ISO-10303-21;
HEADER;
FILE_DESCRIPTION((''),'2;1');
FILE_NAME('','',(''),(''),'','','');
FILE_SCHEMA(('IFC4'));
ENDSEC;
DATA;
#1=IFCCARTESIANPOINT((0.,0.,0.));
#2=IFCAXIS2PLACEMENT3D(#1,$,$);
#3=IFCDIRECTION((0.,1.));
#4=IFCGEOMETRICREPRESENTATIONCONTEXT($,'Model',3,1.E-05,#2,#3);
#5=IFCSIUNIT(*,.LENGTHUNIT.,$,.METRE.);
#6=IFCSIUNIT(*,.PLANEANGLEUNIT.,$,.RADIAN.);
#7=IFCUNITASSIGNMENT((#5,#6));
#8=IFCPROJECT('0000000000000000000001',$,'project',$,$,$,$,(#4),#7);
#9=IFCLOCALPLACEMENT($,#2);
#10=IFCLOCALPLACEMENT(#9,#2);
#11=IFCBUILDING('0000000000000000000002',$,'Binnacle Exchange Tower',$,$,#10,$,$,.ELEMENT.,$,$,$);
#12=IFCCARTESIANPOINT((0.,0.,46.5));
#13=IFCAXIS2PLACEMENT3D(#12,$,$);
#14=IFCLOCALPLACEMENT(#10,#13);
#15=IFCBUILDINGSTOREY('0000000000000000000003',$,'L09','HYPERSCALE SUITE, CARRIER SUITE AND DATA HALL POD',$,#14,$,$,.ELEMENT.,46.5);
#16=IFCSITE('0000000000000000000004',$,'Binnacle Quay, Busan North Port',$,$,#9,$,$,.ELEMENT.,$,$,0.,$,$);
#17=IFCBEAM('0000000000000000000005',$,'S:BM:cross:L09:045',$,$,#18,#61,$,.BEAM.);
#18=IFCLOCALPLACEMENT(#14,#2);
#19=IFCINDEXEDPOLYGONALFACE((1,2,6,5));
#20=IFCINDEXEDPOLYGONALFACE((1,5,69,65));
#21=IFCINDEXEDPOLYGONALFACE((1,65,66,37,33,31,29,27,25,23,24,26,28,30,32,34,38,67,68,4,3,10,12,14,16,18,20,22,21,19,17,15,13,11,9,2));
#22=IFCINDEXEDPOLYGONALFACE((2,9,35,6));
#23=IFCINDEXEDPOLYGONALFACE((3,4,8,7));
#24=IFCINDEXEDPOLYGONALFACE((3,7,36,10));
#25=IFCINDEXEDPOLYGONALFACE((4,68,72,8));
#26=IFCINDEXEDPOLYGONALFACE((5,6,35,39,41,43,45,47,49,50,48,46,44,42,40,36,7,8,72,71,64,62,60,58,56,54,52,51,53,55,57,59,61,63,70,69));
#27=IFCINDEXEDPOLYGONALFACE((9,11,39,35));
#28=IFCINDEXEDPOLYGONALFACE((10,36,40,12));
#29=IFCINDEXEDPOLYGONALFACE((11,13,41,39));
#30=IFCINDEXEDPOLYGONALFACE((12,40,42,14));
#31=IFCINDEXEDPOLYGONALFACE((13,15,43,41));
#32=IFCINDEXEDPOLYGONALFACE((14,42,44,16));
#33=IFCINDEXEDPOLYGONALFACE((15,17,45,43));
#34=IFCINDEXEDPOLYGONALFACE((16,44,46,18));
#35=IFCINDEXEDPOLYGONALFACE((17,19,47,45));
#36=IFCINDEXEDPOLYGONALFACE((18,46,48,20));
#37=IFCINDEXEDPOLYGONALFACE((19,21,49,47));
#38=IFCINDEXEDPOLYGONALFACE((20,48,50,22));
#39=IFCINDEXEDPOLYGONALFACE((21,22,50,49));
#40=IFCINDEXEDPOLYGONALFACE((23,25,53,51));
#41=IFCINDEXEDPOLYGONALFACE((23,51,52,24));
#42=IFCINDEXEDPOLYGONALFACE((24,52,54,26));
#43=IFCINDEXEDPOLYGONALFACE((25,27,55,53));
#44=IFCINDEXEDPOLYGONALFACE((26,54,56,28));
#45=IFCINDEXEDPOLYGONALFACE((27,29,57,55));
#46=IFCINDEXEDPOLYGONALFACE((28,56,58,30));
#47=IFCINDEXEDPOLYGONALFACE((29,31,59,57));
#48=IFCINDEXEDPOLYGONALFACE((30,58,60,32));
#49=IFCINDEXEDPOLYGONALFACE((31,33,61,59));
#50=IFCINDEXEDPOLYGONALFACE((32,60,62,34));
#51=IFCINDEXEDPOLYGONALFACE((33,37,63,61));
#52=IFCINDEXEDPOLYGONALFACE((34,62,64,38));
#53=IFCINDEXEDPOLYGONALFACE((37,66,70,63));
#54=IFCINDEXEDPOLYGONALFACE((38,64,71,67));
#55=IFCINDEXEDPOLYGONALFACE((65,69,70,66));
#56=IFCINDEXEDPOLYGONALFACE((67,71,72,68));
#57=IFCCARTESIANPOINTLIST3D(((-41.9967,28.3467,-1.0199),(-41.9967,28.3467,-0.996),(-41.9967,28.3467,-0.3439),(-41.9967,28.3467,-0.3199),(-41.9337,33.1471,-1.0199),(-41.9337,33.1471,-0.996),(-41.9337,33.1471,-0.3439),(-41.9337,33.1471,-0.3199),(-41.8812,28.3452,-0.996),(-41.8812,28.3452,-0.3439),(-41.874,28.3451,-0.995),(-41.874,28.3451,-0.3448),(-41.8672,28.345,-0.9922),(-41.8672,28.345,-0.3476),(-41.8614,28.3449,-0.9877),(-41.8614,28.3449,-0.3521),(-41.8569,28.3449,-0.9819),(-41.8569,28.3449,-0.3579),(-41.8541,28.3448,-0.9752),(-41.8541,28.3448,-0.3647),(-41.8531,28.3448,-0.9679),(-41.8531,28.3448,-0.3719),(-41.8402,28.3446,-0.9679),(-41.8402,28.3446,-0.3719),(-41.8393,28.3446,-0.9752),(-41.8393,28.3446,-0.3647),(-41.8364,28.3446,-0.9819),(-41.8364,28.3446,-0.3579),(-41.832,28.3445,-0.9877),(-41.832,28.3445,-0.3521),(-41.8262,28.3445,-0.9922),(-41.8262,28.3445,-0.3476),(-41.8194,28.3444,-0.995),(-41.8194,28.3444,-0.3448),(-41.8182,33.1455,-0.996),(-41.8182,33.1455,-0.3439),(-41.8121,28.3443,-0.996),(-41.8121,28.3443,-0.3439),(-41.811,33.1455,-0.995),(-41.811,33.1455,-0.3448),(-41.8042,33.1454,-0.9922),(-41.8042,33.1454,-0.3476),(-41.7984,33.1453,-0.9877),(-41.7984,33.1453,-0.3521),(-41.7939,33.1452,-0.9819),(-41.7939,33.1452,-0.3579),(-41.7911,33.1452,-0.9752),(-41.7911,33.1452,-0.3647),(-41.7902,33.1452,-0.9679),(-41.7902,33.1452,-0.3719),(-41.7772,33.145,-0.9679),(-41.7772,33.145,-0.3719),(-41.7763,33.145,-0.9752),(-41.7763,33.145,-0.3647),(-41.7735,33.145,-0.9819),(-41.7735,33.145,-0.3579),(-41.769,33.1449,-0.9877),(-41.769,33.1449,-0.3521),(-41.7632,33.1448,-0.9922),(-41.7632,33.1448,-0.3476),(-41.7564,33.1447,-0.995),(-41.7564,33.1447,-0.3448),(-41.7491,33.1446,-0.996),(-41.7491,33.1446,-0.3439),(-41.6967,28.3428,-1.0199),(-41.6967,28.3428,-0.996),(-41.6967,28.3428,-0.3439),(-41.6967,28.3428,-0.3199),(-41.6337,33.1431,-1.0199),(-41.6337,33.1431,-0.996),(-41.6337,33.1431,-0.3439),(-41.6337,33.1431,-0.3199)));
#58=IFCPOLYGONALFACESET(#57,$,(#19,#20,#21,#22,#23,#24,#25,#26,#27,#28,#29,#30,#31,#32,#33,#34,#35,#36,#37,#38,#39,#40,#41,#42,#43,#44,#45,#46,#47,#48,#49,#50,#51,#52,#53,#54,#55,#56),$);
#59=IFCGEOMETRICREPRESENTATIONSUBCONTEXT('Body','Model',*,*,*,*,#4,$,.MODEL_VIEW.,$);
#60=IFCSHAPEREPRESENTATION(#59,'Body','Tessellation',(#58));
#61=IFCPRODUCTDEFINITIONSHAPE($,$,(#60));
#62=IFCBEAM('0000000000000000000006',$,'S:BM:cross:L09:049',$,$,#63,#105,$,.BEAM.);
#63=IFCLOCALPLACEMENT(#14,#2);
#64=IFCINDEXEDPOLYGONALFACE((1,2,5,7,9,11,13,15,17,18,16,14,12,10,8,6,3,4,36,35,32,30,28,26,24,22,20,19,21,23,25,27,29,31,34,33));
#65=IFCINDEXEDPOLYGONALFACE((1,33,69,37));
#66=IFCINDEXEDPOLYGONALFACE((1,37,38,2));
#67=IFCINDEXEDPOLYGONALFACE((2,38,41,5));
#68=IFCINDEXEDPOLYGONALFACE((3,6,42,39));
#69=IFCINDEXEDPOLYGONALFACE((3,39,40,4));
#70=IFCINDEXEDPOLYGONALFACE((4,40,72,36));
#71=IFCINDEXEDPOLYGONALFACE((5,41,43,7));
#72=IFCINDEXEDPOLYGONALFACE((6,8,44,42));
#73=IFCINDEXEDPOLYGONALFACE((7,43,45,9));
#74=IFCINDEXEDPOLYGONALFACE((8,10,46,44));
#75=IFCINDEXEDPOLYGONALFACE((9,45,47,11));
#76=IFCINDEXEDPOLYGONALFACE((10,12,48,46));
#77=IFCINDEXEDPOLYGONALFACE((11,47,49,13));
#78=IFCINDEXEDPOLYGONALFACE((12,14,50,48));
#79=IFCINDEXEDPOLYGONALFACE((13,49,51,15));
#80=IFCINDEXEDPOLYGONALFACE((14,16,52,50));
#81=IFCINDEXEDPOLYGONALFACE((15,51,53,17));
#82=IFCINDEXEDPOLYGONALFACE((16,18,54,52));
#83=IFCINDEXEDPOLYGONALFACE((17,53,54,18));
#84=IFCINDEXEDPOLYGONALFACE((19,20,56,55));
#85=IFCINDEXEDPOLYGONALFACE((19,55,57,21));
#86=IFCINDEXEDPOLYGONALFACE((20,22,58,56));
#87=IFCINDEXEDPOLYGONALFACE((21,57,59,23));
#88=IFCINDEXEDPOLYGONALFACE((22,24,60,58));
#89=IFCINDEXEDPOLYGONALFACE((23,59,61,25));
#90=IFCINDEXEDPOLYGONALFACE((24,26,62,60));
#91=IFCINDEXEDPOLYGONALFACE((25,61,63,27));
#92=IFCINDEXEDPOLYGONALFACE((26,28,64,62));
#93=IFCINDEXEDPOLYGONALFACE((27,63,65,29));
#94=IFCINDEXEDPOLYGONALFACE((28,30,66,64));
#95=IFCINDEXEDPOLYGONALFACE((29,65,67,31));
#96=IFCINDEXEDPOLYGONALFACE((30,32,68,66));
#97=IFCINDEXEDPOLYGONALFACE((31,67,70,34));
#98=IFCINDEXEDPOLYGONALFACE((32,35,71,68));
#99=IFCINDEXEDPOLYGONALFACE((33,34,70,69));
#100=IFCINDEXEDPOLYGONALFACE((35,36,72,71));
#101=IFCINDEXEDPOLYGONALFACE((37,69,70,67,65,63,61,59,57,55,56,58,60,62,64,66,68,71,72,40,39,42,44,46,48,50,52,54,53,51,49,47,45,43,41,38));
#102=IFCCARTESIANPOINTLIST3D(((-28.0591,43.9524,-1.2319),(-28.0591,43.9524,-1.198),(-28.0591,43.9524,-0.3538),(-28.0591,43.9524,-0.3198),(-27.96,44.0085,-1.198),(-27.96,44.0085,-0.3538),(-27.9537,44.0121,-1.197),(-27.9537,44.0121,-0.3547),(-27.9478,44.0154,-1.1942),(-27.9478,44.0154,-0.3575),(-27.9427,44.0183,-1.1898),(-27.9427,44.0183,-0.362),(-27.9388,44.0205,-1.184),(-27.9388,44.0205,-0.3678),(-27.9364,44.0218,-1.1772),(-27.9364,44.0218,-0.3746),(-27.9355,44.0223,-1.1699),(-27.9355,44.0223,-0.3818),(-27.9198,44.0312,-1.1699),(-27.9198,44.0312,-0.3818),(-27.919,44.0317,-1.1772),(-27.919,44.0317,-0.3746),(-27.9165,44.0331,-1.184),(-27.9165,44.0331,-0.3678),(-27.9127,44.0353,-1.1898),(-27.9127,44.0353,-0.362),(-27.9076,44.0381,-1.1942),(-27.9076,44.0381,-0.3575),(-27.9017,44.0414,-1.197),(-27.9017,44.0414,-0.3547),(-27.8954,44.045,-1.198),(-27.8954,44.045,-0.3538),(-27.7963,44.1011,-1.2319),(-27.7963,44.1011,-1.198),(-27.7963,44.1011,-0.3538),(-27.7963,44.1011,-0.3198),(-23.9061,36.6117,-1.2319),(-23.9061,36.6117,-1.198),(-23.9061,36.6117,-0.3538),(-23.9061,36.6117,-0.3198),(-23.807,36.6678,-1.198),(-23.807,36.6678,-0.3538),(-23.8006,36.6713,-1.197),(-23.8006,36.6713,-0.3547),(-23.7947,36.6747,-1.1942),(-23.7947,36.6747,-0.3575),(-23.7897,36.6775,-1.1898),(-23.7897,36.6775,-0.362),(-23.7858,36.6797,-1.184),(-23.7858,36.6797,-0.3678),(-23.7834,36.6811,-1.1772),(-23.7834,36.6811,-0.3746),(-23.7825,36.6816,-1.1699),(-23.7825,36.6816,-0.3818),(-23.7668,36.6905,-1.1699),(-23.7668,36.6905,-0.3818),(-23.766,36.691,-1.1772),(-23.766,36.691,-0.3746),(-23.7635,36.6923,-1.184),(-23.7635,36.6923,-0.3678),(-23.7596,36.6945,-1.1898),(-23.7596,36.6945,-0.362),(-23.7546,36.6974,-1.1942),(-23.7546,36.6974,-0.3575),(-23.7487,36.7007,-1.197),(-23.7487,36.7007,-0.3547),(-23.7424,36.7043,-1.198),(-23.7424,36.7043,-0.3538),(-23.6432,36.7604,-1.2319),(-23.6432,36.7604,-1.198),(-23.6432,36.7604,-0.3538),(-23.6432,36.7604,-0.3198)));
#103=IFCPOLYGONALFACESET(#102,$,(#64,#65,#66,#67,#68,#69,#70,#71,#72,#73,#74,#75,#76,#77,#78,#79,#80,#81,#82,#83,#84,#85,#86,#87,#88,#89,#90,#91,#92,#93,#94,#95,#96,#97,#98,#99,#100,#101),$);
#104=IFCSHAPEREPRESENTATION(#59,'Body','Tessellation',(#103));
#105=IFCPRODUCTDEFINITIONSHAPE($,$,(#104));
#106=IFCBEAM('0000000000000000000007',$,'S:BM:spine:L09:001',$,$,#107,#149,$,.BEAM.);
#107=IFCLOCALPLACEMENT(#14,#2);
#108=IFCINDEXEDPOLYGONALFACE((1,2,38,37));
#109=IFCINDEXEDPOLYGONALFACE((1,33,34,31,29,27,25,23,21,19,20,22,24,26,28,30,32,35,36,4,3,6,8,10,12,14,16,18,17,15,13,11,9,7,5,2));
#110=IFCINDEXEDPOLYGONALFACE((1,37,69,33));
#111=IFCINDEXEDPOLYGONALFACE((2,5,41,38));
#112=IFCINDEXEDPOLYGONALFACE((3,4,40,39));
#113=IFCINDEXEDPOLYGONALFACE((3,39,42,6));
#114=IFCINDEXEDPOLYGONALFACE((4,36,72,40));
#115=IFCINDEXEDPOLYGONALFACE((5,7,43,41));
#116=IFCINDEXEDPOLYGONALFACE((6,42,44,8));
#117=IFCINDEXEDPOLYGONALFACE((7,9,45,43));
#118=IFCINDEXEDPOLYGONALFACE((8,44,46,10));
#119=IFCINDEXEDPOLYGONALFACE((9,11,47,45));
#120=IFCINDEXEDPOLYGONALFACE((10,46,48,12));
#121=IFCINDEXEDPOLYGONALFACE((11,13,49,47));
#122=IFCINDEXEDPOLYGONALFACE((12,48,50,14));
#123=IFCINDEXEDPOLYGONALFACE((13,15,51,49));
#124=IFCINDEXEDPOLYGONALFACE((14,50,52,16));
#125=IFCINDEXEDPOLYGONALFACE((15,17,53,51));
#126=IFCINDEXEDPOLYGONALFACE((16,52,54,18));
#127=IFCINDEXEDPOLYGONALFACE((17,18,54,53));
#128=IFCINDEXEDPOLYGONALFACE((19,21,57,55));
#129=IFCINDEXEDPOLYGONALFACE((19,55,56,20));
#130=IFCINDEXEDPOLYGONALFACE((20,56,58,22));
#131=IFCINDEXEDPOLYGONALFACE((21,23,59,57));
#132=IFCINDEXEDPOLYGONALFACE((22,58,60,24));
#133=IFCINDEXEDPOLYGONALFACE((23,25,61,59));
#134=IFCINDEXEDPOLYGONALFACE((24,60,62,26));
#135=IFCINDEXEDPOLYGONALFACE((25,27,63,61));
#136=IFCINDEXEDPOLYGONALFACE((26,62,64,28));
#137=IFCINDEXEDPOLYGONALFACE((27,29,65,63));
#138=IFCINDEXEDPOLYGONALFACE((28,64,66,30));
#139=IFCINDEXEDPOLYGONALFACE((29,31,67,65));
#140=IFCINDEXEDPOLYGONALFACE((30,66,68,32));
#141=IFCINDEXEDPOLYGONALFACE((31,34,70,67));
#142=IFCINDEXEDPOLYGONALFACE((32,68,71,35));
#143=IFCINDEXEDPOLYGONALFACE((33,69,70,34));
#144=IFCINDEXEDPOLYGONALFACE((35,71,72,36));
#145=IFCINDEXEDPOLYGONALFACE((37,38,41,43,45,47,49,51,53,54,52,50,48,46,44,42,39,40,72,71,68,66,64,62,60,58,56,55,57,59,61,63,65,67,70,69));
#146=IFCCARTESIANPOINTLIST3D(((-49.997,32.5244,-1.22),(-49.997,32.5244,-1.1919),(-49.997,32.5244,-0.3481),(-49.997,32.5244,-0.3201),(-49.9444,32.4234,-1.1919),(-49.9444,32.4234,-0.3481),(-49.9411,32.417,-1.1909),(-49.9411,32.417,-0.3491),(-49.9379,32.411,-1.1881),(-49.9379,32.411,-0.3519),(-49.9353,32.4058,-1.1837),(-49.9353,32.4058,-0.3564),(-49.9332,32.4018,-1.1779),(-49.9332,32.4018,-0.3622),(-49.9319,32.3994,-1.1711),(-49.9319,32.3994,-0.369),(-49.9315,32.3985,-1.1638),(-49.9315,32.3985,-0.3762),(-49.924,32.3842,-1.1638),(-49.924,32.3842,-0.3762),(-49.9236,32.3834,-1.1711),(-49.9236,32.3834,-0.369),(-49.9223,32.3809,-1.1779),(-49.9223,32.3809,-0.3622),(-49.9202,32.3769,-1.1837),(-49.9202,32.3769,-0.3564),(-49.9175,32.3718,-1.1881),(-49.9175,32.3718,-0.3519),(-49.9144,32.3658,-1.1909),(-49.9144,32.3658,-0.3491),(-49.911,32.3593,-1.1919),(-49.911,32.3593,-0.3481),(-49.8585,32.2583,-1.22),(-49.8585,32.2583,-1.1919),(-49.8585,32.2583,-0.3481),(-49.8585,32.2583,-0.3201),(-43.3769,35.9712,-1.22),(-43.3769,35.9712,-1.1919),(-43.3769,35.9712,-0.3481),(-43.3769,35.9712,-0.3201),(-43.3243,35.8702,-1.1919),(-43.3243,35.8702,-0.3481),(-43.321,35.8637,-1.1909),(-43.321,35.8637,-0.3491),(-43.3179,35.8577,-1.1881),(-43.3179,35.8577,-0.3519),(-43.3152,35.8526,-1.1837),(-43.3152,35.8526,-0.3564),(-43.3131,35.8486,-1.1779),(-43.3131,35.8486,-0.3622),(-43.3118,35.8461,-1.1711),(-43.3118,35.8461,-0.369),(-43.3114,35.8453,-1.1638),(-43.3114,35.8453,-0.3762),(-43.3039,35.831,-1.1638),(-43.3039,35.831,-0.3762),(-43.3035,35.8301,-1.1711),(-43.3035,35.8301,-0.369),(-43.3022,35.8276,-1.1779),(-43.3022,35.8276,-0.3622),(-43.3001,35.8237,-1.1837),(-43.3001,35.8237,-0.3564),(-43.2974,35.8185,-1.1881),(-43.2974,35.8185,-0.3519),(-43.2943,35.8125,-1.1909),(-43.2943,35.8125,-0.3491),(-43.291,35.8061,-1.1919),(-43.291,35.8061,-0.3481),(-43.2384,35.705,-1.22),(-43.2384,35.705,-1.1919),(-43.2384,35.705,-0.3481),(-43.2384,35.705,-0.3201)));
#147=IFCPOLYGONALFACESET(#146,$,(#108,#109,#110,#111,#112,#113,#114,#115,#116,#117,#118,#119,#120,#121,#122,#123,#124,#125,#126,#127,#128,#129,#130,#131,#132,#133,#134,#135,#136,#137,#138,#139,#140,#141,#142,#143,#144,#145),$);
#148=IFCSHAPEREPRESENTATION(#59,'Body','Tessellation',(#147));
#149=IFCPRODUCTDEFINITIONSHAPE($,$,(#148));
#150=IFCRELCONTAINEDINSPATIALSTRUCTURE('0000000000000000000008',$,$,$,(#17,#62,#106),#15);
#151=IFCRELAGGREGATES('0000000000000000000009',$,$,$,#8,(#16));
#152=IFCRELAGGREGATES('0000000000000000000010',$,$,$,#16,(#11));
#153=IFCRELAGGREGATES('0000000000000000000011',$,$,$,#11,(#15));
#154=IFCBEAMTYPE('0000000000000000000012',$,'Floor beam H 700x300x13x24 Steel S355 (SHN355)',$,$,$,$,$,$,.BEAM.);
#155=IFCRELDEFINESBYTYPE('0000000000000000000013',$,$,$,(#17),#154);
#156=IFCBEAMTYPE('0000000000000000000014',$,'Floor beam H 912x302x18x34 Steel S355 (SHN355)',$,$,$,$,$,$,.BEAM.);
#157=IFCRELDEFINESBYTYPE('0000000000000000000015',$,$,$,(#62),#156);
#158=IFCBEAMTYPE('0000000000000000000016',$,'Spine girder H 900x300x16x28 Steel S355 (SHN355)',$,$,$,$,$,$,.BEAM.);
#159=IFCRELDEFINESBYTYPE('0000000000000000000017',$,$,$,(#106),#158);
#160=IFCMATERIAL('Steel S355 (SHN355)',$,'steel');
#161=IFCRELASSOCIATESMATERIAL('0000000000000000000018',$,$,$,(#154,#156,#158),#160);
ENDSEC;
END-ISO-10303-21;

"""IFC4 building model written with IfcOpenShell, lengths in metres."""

from ifc_helpers import new_model, si_unit, direction, frame, origin, origin_2d, place, context, subcontext, project, spatial, i_section, extrude, material, material_profile, profile_set, type_object, element, save


model = new_model("IFC4")

# Units and contexts
model_context = context("Model", 3, precision=1e-05, world=origin(), true_north=direction((0.0, 1.0)))
body_context = subcontext(model_context, "Body", "Model", "MODEL_VIEW")
ifc_project = project(units=[si_unit("LENGTHUNIT", "METRE"), si_unit("PLANEANGLEUNIT", "RADIAN")], contexts=[model_context])

# Site, building, storey
site_placement = place(None, origin())
site = spatial("IfcSite", under=ifc_project, at=site_placement, Name="Binnacle Quay, Busan North Port", CompositionType="ELEMENT", RefElevation=0.0)
building_placement = place(site_placement, origin())
building = spatial("IfcBuilding", under=site, at=building_placement, Name="Binnacle Exchange Tower", CompositionType="ELEMENT")
storey_placement = place(building_placement, frame((0.0, 0.0, 46.5)))
storey = spatial("IfcBuildingStorey", under=building, at=storey_placement, Name="L09", Description="HYPERSCALE SUITE, CARRIER SUITE AND DATA HALL POD", CompositionType="ELEMENT", Elevation=46.5)

# Beams
ifc_material_1 = material(Name="Steel S355 (SHN355)", Category="steel")
ifc_material_profile_1 = material_profile(ifc_material_1, i_section(OverallWidth=0.3, OverallDepth=0.7, WebThickness=0.0129, FlangeThickness=0.0239, FilletRadius=0.0281, at=origin_2d()), Name="H 700x300x13x24")
ifc_profile_set_1 = profile_set([ifc_material_profile_1], Name="Steel S355 (SHN355)")
beam_type_1 = type_object("IfcBeamType", Name="Floor beam H 700x300x13x24 Steel S355 (SHN355)", PredefinedType="BEAM", material=ifc_profile_set_1)
beam_1_placement = place(storey_placement, frame((-41.8467, 28.3447, -0.6699), z_axis=(0.013121, 0.999914, 0.0), x_axis=(-0.999914, 0.013121, 0.0)))
element("IfcBeam", 1, at=beam_1_placement, inside=storey, type_object=beam_type_1, Name="S:BM:cross:L09:045", PredefinedType="BEAM", context=body_context, shape_type="SweptSolid", body=[
    extrude(i_section(OverallWidth=0.3, OverallDepth=0.7, WebThickness=0.0129, FlangeThickness=0.0239, FilletRadius=0.0281, at=origin_2d()), origin(), (0.0, 0.0, 1.0), 4.8008),
])
ifc_material_profile_2 = material_profile(ifc_material_1, i_section(OverallWidth=0.302, OverallDepth=0.9121, WebThickness=0.0181, FlangeThickness=0.0339, FilletRadius=0.0281, at=origin_2d()), Name="H 912x302x18x34")
ifc_profile_set_2 = profile_set([ifc_material_profile_2], Name="Steel S355 (SHN355)")
beam_type_2 = type_object("IfcBeamType", Name="Floor beam H 912x302x18x34 Steel S355 (SHN355)", PredefinedType="BEAM", material=ifc_profile_set_2)
beam_2_placement = place(storey_placement, frame((-23.7747, 36.686, -0.7759), z_axis=(-0.492409, 0.870364, 0.0), x_axis=(-0.870364, -0.492409, 0.0)))
element("IfcBeam", 2, at=beam_2_placement, inside=storey, type_object=beam_type_2, Name="S:BM:cross:L09:049", PredefinedType="BEAM", context=body_context, shape_type="SweptSolid", body=[
    extrude(i_section(OverallWidth=0.302, OverallDepth=0.9121, WebThickness=0.0181, FlangeThickness=0.0339, FilletRadius=0.0281, at=origin_2d()), origin(), (0.0, 0.0, 1.0), 8.4341),
])
ifc_material_profile_3 = material_profile(ifc_material_1, i_section(OverallWidth=0.3, OverallDepth=0.8999, WebThickness=0.0161, FlangeThickness=0.0281, FilletRadius=0.0281, at=origin_2d()), Name="H 900x300x16x28")
ifc_profile_set_3 = profile_set([ifc_material_profile_3], Name="Steel S355 (SHN355)")
beam_type_3 = type_object("IfcBeamType", Name="Spine girder H 900x300x16x28 Steel S355 (SHN355)", PredefinedType="BEAM", material=ifc_profile_set_3)
beam_3_placement = place(storey_placement, frame((-49.9277, 32.3914, -0.77), z_axis=(0.88698, 0.461808, 0.0), x_axis=(-0.461808, 0.88698, 0.0)))
element("IfcBeam", 3, at=beam_3_placement, inside=storey, type_object=beam_type_3, Name="S:BM:spine:L09:001", PredefinedType="BEAM", context=body_context, shape_type="SweptSolid", body=[
    extrude(i_section(OverallWidth=0.3, OverallDepth=0.8999, WebThickness=0.0161, FlangeThickness=0.0281, FilletRadius=0.0281, at=origin_2d()), origin(), (0.0, 0.0, 1.0), 7.4636),
])

save(model, "model.ifc")
